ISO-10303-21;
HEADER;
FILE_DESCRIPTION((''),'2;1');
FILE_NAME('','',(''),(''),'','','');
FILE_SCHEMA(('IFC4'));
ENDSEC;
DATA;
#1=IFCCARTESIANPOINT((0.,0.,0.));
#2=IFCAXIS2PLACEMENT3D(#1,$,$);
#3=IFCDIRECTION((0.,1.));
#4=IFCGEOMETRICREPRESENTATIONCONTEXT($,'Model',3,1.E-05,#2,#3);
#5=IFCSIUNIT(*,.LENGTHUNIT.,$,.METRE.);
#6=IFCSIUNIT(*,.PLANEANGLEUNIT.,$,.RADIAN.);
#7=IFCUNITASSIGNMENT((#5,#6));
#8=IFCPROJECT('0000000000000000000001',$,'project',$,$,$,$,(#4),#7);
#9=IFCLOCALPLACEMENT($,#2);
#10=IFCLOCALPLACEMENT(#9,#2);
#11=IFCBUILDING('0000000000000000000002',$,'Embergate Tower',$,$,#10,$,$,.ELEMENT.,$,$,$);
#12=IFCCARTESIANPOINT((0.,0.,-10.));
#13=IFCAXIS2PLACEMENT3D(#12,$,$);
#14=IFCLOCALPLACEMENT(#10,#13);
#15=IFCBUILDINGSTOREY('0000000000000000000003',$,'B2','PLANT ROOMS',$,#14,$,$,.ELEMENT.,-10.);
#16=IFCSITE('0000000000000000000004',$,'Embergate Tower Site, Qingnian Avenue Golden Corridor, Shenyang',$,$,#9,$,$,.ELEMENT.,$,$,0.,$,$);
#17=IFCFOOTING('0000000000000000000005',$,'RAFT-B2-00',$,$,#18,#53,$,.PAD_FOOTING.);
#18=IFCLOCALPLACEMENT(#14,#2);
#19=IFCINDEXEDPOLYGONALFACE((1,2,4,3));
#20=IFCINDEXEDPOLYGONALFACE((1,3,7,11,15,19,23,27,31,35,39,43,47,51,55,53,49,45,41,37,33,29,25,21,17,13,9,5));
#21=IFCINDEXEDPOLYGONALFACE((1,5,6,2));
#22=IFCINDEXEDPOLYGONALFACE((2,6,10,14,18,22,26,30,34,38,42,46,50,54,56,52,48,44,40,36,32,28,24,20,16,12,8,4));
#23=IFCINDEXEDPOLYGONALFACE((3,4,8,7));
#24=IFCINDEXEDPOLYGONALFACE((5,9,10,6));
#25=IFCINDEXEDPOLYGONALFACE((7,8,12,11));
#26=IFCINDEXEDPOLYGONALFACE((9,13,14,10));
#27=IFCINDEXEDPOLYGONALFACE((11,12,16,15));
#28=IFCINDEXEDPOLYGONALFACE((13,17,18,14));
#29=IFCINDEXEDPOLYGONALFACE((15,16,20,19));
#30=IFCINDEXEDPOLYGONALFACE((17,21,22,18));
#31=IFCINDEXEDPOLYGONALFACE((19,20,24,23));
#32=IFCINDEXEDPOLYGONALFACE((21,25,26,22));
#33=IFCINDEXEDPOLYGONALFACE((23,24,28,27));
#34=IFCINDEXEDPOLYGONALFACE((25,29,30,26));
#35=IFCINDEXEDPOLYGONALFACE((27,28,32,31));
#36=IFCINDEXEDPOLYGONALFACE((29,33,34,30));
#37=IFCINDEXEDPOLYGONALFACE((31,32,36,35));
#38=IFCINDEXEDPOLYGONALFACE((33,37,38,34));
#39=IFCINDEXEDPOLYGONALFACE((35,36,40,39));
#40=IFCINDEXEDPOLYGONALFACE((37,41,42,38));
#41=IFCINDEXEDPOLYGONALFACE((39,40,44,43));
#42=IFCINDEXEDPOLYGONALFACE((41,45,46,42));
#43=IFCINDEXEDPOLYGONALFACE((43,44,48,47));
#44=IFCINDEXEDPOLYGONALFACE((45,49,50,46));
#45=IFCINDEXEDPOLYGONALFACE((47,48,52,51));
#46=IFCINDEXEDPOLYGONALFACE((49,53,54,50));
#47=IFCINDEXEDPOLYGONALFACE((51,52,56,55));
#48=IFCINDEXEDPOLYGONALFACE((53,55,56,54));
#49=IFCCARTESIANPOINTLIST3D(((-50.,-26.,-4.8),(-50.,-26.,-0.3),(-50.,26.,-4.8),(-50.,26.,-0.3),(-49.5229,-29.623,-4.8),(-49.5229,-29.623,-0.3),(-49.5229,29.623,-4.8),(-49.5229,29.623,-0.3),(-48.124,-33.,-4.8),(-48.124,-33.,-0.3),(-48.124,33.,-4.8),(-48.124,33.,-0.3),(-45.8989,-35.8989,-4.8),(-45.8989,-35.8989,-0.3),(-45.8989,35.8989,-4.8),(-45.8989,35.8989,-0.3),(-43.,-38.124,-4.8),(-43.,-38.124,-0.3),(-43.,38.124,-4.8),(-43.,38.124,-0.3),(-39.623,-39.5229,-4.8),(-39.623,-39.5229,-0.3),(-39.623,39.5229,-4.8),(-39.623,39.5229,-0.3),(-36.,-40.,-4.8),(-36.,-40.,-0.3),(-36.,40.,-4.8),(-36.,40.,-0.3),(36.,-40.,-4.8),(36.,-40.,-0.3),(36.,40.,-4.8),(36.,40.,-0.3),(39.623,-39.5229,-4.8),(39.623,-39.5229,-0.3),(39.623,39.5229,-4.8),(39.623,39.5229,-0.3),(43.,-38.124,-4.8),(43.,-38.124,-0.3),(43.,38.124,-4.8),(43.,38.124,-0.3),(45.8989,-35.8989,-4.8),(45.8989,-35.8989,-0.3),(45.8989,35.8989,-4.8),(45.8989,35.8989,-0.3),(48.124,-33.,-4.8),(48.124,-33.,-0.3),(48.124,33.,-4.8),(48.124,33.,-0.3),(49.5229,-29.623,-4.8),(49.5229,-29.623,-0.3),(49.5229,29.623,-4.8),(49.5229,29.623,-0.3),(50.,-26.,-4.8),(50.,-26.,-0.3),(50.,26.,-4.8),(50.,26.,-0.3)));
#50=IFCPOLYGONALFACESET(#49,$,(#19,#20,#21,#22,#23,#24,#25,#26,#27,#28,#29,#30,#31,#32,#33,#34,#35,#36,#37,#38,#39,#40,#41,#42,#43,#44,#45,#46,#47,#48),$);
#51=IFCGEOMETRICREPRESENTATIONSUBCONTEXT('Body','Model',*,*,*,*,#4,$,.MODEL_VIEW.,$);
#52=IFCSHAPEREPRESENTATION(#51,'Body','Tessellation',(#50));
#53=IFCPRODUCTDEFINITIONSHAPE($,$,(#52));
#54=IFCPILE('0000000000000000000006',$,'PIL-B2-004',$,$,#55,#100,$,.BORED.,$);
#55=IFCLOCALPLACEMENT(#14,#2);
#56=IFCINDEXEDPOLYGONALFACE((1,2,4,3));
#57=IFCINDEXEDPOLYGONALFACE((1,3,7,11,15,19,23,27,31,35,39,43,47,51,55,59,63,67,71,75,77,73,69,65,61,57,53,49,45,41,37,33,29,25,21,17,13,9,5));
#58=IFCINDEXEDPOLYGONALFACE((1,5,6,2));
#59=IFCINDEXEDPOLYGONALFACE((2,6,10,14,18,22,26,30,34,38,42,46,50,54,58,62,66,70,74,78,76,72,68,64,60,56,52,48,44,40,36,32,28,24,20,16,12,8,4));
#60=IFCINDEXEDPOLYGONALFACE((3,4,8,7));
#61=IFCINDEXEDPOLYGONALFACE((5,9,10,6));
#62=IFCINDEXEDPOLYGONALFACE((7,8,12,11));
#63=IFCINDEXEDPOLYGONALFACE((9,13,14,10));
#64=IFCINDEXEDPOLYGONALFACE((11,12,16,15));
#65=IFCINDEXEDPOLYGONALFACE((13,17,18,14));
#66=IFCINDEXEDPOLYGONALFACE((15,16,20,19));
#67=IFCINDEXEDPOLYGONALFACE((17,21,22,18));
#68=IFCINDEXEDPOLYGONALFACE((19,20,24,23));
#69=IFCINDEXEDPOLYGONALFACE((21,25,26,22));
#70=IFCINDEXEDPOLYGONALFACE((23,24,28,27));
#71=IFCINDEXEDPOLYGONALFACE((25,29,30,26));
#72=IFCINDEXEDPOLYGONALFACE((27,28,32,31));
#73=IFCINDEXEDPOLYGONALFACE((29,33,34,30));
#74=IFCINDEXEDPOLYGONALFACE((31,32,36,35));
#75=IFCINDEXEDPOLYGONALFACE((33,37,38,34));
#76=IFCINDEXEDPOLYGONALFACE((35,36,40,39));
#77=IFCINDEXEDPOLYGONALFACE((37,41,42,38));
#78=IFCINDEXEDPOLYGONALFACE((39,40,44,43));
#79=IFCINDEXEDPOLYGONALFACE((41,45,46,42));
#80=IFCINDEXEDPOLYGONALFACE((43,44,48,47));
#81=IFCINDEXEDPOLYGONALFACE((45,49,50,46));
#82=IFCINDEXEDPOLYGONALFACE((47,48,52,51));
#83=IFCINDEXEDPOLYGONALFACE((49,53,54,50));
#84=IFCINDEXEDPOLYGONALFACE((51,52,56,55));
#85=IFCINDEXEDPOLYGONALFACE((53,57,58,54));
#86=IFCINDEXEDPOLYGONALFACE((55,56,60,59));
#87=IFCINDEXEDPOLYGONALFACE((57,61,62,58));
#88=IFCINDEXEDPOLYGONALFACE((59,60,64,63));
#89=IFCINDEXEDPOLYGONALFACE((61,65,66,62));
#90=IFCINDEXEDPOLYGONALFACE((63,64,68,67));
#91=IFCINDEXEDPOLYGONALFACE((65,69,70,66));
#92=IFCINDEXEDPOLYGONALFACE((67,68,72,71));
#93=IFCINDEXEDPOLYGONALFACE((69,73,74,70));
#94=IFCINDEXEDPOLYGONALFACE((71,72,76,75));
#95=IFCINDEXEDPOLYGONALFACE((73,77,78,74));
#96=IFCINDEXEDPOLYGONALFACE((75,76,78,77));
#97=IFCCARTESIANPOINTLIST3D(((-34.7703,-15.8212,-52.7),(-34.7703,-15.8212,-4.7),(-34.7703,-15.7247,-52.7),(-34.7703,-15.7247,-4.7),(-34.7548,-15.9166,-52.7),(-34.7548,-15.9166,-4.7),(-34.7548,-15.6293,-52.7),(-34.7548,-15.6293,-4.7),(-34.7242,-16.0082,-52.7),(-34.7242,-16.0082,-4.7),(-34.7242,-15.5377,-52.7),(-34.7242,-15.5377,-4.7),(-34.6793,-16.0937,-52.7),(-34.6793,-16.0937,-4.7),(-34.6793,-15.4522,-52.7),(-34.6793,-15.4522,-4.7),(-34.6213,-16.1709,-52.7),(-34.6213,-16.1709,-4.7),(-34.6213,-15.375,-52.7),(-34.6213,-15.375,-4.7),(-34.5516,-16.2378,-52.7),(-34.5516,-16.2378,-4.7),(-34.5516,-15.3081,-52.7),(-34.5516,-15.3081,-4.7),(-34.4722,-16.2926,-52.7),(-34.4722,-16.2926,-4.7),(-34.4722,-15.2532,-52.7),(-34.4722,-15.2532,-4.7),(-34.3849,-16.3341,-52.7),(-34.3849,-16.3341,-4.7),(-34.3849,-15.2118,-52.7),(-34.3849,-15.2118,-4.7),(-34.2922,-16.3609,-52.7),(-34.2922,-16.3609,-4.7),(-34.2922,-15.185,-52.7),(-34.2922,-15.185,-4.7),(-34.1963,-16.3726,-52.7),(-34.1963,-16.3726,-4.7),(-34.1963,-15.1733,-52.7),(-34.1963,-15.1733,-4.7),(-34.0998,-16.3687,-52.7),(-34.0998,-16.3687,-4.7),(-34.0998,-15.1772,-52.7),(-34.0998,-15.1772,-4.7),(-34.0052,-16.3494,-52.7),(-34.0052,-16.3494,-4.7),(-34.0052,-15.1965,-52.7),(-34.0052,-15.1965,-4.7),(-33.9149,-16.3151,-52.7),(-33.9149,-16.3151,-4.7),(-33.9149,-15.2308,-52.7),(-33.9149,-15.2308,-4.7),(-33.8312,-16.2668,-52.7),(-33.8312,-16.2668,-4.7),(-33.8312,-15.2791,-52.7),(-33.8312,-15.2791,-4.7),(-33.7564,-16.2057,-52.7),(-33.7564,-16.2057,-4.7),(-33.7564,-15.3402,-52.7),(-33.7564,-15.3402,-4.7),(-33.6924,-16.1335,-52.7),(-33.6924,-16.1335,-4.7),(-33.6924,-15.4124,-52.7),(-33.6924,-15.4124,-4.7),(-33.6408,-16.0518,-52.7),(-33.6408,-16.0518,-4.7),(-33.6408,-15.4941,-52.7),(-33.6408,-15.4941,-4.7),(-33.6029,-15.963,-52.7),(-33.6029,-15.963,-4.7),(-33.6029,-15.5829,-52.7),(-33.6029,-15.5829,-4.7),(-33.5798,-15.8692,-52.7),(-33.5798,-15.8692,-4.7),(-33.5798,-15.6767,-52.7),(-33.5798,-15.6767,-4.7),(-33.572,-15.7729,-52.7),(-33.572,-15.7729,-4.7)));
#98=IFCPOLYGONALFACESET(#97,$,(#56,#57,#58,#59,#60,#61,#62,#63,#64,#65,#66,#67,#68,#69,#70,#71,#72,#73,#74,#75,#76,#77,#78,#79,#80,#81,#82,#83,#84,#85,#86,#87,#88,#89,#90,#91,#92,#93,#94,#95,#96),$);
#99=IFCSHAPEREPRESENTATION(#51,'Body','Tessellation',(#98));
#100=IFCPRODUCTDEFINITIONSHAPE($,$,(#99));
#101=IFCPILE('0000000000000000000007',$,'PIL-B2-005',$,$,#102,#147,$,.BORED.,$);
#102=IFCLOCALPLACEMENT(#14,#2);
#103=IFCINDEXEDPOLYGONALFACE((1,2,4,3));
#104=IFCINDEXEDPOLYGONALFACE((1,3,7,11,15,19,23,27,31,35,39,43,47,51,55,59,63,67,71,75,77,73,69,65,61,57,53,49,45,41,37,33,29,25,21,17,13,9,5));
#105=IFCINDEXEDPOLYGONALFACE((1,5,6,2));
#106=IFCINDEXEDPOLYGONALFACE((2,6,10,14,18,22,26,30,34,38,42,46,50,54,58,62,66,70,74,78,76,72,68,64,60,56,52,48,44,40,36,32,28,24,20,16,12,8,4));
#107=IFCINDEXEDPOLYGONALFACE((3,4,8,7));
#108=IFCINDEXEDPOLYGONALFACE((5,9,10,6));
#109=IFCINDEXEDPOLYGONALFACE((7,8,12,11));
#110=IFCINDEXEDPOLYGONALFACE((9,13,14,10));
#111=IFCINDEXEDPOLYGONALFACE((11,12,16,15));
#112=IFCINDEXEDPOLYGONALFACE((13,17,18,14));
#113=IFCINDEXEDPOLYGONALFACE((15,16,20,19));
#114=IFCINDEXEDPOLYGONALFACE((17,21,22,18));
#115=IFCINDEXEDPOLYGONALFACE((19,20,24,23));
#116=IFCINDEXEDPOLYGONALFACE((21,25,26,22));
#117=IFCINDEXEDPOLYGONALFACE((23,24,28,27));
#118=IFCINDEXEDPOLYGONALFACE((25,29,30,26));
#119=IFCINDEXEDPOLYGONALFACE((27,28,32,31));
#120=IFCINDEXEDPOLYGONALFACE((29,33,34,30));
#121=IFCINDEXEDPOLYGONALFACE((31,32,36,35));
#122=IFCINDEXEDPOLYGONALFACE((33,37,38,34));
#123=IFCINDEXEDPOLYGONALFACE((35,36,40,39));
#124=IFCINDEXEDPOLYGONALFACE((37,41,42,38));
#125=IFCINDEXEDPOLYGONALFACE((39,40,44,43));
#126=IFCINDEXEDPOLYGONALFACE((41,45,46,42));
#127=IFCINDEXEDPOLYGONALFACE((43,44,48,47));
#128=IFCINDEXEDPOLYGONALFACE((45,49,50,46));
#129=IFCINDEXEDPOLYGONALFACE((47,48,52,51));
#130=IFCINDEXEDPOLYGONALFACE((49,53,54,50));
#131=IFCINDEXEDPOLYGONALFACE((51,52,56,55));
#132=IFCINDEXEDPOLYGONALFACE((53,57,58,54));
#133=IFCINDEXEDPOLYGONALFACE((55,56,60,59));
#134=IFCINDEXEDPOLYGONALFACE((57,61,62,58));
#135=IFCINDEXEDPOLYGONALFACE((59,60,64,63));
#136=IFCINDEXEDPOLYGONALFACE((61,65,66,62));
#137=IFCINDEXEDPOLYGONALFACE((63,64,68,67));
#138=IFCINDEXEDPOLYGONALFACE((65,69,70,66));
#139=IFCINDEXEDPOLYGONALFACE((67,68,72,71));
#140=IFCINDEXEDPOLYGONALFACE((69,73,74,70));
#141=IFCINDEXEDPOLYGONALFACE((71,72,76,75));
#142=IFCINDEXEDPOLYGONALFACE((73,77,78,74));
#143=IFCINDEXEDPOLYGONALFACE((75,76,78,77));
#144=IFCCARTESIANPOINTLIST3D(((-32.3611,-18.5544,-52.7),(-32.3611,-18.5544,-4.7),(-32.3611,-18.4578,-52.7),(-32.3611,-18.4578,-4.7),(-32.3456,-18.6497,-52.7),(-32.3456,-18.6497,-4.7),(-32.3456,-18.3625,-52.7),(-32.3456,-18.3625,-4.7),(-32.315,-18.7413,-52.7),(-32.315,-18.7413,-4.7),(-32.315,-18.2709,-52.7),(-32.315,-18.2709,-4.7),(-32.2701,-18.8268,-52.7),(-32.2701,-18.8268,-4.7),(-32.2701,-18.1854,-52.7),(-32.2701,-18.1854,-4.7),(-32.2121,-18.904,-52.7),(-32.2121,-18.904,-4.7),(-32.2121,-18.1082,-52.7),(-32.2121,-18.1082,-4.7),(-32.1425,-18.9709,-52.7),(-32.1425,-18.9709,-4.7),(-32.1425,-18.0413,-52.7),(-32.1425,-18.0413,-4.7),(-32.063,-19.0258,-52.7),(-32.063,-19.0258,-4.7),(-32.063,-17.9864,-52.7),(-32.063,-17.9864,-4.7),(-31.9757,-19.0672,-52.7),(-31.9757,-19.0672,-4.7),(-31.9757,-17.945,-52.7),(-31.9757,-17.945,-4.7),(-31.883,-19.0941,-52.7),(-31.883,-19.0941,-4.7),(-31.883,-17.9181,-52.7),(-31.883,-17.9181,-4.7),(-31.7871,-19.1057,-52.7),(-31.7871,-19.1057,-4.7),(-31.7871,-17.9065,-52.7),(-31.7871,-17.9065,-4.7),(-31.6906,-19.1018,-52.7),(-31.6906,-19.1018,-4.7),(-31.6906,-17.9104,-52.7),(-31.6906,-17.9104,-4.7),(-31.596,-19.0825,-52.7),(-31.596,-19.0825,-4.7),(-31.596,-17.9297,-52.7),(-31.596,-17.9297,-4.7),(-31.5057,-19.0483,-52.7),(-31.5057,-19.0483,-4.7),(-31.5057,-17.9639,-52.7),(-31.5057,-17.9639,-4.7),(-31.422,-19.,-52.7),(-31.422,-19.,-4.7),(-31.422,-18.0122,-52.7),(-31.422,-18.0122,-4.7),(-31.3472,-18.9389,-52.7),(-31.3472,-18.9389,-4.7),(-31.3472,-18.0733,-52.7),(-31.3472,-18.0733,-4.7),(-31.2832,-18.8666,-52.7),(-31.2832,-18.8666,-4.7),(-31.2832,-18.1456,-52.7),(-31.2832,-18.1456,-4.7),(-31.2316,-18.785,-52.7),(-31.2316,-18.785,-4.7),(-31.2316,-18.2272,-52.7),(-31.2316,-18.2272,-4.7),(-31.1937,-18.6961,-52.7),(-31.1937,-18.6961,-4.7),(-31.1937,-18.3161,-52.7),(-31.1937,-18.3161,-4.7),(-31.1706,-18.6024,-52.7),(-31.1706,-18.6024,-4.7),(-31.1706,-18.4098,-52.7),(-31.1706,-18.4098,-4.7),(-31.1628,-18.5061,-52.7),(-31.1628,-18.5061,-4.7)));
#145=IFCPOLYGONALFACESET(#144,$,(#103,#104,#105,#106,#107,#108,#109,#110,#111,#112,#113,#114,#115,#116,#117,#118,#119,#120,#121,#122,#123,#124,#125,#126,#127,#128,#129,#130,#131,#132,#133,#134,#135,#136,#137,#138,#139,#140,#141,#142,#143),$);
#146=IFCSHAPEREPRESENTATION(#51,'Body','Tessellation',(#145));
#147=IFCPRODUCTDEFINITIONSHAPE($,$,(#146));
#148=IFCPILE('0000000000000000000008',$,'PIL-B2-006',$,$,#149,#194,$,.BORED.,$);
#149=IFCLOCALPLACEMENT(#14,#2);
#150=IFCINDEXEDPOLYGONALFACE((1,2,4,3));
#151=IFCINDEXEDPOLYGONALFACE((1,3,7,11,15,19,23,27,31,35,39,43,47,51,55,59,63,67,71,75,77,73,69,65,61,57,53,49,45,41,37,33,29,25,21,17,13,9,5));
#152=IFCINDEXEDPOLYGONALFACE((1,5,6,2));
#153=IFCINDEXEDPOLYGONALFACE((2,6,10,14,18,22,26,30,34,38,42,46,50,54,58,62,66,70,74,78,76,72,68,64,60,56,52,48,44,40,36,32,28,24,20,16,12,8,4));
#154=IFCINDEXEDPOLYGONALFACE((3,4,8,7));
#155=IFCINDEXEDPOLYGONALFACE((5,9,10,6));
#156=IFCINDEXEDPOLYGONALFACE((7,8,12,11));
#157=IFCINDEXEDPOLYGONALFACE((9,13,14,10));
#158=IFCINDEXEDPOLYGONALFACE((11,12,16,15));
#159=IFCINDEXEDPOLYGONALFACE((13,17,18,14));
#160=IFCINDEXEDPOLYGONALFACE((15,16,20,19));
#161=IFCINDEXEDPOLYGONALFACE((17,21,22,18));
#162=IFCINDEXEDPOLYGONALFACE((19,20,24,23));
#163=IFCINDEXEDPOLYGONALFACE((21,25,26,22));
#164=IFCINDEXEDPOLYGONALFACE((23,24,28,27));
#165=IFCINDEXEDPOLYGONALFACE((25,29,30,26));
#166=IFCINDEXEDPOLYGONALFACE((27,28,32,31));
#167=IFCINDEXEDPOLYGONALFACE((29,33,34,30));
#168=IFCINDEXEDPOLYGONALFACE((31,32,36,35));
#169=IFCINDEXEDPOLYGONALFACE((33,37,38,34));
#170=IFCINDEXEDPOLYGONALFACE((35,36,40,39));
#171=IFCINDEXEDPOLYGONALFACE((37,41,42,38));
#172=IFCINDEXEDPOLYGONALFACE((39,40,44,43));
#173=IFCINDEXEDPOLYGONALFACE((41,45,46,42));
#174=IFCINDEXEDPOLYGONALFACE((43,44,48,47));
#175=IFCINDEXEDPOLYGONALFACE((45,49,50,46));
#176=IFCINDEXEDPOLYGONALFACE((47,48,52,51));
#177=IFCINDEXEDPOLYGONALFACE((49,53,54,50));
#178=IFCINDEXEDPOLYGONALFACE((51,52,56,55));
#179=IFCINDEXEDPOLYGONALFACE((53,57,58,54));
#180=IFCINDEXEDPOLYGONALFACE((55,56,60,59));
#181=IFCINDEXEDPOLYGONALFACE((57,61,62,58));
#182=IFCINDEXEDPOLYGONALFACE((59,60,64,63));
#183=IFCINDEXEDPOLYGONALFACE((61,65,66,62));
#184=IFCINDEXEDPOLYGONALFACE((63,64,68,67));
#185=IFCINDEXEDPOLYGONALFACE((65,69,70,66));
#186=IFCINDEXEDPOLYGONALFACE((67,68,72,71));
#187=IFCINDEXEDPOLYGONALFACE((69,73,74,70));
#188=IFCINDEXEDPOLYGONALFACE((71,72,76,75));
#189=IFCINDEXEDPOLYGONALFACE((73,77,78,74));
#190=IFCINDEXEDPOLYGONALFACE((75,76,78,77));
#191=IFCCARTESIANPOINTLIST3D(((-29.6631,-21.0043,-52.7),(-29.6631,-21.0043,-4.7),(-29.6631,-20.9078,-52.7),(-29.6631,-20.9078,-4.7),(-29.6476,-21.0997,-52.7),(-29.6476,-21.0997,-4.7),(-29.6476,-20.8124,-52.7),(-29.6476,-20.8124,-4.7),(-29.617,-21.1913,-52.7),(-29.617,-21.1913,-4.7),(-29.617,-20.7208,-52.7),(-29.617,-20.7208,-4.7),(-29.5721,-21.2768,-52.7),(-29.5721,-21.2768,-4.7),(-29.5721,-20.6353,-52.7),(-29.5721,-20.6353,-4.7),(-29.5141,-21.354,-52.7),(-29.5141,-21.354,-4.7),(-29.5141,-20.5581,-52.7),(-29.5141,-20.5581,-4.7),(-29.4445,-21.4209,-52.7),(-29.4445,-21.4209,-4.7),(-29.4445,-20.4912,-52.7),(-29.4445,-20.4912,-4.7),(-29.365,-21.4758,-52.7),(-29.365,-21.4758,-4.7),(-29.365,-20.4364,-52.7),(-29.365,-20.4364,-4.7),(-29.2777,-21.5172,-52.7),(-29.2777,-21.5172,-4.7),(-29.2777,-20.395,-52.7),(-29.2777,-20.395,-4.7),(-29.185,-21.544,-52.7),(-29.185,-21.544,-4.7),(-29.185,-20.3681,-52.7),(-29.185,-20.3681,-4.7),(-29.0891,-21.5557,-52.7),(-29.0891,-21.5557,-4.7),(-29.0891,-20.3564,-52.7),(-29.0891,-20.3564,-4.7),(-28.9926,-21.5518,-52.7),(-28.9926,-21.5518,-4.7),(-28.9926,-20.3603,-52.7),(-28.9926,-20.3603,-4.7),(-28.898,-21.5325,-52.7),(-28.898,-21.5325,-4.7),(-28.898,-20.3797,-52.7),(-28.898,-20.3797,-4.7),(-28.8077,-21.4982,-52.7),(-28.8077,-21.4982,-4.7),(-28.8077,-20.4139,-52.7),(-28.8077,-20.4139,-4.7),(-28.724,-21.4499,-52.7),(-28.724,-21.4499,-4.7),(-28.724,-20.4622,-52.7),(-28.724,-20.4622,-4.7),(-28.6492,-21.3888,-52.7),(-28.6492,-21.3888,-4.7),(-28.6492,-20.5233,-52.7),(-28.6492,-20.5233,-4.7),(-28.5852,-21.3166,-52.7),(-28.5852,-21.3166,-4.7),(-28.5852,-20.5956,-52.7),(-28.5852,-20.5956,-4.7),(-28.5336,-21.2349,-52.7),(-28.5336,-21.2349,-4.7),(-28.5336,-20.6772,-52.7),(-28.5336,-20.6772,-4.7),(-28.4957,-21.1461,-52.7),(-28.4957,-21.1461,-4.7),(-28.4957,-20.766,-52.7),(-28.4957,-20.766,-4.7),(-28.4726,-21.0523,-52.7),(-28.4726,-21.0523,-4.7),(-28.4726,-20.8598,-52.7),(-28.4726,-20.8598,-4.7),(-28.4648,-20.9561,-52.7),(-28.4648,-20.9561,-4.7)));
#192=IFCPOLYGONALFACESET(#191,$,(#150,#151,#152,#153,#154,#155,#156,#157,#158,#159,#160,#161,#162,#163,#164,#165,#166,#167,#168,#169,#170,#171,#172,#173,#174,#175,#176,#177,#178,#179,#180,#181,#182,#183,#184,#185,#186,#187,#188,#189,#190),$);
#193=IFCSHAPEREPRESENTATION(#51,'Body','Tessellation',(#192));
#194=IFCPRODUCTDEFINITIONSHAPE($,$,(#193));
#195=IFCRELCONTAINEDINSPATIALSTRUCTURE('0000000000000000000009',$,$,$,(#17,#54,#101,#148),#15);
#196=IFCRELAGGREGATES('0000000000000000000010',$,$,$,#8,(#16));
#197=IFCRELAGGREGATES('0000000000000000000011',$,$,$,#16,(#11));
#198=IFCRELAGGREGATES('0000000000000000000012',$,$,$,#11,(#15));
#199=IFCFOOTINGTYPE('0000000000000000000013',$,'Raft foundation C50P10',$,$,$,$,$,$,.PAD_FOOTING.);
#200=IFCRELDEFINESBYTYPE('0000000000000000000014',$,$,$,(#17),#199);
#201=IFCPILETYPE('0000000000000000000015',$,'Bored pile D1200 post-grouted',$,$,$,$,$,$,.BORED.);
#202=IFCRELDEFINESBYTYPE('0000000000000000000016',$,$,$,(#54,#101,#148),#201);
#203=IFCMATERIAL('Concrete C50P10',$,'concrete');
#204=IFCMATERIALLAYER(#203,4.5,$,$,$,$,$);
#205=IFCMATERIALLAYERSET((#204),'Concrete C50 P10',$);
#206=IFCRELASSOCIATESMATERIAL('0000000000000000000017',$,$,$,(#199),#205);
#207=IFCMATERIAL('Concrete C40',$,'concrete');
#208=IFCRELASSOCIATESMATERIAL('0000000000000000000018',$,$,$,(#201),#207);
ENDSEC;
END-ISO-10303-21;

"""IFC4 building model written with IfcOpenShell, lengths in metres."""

from ifc_helpers import new_model, si_unit, direction, frame, origin, origin_2d, place, context, subcontext, project, spatial, polyline, circle, outline, extrude, source, transform, mapped, material, layer, layer_set, material_profile, profile_set, type_object, element, save


model = new_model("IFC4")

# Units and contexts
model_context = context("Model", 3, precision=1e-05, world=origin(), true_north=direction((0.0, 1.0)))
body_context = subcontext(model_context, "Body", "Model", "MODEL_VIEW")
ifc_project = project(units=[si_unit("LENGTHUNIT", "METRE"), si_unit("PLANEANGLEUNIT", "RADIAN")], contexts=[model_context])

# Site, building, storey
site_placement = place(None, origin())
site = spatial("IfcSite", under=ifc_project, at=site_placement, Name="Embergate Tower Site, Qingnian Avenue Golden Corridor, Shenyang", CompositionType="ELEMENT", RefElevation=0.0)
building_placement = place(site_placement, origin())
building = spatial("IfcBuilding", under=site, at=building_placement, Name="Embergate Tower", CompositionType="ELEMENT")
storey_placement = place(building_placement, frame((0.0, 0.0, -10.0)))
storey = spatial("IfcBuildingStorey", under=building, at=storey_placement, Name="B2", Description="PLANT ROOMS", CompositionType="ELEMENT", Elevation=-10.0)

# Footing
ifc_material_1 = material(Name="Concrete C50P10", Category="concrete")
ifc_layer_1 = layer(ifc_material_1, 4.5)
ifc_layer_set_1 = layer_set([ifc_layer_1], Name="Concrete C50 P10")
footing_type = type_object("IfcFootingType", Name="Raft foundation C50P10", PredefinedType="PAD_FOOTING", material=ifc_layer_set_1)
shared_shape_1 = source(origin(), body_context, "Body", "SweptSolid", [
    extrude(outline(polyline([(0.0, 0.0), (72.0, 0.0), (75.623, 0.4771), (79.0, 1.876), (81.8989, 4.1011), (84.124, 7.0), (85.5229, 10.377), (86.0, 14.0), (86.0, 66.0), (85.5229, 69.623), (84.124, 73.0), (81.8989, 75.8989), (79.0, 78.124), (75.623, 79.5229), (72.0, 80.0), (0.0, 80.0), (-3.623, 79.5229), (-7.0, 78.124), (-9.8989, 75.8989), (-12.124, 73.0), (-13.5229, 69.623), (-14.0, 66.0), (-14.0, 14.0), (-13.5229, 10.377), (-12.124, 7.0), (-9.8989, 4.1011), (-7.0, 1.876), (-3.623, 0.4771), (0.0, 0.0)])), origin(), (0.0, 0.0, 1.0), 4.5),
])
footing_placement = place(storey_placement, frame((-36.0, -40.0, -4.8)))
element("IfcFooting", 1, at=footing_placement, inside=storey, type_object=footing_type, Name="RAFT-B2-00", PredefinedType="PAD_FOOTING", context=body_context, shape_type="MappedRepresentation", body=[
    mapped(shared_shape_1, transform((0.0, 0.0, 0.0))),
])

# Piles
ifc_material_2 = material(Name="Concrete C40", Category="concrete")
ifc_material_profile_1 = material_profile(ifc_material_2, circle(Radius=0.6001, at=origin_2d()), Name="D1200")
ifc_profile_set_1 = profile_set([ifc_material_profile_1], Name="Concrete C40")
pile_type = type_object("IfcPileType", Name="Bored pile D1200 post-grouted", PredefinedType="BORED", material=ifc_profile_set_1)
shared_shape_2 = source(origin(), body_context, "Body", "SweptSolid", [
    extrude(circle(Radius=0.6001, at=origin_2d()), origin(), (0.0, 0.0, 1.0), 48.0),
])
for number, where, z_axis, x_axis, name in (
    (2, (-34.1721, -15.7729, -4.7), (0.0, 0.0, -1.0), (1.0, 0.0, 0.0), "PIL-B2-004"),
    (3, (-31.7629, -18.5061, -4.7), (0.0, 0.0, -1.0), (1.0, 0.0, 0.0), "PIL-B2-005"),
    (4, (-29.0649, -20.9561, -4.7), (0.0, 0.0, -1.0), (1.0, 0.0, 0.0), "PIL-B2-006"),
):
    element("IfcPile", number, at=place(storey_placement, frame(where, z_axis=z_axis, x_axis=x_axis)), inside=storey, type_object=pile_type, Name=name, PredefinedType="BORED", context=body_context, shape_type="MappedRepresentation", body=[
        mapped(shared_shape_2, transform((0.0, 0.0, 0.0))),
    ])

save(model, "model.ifc")
